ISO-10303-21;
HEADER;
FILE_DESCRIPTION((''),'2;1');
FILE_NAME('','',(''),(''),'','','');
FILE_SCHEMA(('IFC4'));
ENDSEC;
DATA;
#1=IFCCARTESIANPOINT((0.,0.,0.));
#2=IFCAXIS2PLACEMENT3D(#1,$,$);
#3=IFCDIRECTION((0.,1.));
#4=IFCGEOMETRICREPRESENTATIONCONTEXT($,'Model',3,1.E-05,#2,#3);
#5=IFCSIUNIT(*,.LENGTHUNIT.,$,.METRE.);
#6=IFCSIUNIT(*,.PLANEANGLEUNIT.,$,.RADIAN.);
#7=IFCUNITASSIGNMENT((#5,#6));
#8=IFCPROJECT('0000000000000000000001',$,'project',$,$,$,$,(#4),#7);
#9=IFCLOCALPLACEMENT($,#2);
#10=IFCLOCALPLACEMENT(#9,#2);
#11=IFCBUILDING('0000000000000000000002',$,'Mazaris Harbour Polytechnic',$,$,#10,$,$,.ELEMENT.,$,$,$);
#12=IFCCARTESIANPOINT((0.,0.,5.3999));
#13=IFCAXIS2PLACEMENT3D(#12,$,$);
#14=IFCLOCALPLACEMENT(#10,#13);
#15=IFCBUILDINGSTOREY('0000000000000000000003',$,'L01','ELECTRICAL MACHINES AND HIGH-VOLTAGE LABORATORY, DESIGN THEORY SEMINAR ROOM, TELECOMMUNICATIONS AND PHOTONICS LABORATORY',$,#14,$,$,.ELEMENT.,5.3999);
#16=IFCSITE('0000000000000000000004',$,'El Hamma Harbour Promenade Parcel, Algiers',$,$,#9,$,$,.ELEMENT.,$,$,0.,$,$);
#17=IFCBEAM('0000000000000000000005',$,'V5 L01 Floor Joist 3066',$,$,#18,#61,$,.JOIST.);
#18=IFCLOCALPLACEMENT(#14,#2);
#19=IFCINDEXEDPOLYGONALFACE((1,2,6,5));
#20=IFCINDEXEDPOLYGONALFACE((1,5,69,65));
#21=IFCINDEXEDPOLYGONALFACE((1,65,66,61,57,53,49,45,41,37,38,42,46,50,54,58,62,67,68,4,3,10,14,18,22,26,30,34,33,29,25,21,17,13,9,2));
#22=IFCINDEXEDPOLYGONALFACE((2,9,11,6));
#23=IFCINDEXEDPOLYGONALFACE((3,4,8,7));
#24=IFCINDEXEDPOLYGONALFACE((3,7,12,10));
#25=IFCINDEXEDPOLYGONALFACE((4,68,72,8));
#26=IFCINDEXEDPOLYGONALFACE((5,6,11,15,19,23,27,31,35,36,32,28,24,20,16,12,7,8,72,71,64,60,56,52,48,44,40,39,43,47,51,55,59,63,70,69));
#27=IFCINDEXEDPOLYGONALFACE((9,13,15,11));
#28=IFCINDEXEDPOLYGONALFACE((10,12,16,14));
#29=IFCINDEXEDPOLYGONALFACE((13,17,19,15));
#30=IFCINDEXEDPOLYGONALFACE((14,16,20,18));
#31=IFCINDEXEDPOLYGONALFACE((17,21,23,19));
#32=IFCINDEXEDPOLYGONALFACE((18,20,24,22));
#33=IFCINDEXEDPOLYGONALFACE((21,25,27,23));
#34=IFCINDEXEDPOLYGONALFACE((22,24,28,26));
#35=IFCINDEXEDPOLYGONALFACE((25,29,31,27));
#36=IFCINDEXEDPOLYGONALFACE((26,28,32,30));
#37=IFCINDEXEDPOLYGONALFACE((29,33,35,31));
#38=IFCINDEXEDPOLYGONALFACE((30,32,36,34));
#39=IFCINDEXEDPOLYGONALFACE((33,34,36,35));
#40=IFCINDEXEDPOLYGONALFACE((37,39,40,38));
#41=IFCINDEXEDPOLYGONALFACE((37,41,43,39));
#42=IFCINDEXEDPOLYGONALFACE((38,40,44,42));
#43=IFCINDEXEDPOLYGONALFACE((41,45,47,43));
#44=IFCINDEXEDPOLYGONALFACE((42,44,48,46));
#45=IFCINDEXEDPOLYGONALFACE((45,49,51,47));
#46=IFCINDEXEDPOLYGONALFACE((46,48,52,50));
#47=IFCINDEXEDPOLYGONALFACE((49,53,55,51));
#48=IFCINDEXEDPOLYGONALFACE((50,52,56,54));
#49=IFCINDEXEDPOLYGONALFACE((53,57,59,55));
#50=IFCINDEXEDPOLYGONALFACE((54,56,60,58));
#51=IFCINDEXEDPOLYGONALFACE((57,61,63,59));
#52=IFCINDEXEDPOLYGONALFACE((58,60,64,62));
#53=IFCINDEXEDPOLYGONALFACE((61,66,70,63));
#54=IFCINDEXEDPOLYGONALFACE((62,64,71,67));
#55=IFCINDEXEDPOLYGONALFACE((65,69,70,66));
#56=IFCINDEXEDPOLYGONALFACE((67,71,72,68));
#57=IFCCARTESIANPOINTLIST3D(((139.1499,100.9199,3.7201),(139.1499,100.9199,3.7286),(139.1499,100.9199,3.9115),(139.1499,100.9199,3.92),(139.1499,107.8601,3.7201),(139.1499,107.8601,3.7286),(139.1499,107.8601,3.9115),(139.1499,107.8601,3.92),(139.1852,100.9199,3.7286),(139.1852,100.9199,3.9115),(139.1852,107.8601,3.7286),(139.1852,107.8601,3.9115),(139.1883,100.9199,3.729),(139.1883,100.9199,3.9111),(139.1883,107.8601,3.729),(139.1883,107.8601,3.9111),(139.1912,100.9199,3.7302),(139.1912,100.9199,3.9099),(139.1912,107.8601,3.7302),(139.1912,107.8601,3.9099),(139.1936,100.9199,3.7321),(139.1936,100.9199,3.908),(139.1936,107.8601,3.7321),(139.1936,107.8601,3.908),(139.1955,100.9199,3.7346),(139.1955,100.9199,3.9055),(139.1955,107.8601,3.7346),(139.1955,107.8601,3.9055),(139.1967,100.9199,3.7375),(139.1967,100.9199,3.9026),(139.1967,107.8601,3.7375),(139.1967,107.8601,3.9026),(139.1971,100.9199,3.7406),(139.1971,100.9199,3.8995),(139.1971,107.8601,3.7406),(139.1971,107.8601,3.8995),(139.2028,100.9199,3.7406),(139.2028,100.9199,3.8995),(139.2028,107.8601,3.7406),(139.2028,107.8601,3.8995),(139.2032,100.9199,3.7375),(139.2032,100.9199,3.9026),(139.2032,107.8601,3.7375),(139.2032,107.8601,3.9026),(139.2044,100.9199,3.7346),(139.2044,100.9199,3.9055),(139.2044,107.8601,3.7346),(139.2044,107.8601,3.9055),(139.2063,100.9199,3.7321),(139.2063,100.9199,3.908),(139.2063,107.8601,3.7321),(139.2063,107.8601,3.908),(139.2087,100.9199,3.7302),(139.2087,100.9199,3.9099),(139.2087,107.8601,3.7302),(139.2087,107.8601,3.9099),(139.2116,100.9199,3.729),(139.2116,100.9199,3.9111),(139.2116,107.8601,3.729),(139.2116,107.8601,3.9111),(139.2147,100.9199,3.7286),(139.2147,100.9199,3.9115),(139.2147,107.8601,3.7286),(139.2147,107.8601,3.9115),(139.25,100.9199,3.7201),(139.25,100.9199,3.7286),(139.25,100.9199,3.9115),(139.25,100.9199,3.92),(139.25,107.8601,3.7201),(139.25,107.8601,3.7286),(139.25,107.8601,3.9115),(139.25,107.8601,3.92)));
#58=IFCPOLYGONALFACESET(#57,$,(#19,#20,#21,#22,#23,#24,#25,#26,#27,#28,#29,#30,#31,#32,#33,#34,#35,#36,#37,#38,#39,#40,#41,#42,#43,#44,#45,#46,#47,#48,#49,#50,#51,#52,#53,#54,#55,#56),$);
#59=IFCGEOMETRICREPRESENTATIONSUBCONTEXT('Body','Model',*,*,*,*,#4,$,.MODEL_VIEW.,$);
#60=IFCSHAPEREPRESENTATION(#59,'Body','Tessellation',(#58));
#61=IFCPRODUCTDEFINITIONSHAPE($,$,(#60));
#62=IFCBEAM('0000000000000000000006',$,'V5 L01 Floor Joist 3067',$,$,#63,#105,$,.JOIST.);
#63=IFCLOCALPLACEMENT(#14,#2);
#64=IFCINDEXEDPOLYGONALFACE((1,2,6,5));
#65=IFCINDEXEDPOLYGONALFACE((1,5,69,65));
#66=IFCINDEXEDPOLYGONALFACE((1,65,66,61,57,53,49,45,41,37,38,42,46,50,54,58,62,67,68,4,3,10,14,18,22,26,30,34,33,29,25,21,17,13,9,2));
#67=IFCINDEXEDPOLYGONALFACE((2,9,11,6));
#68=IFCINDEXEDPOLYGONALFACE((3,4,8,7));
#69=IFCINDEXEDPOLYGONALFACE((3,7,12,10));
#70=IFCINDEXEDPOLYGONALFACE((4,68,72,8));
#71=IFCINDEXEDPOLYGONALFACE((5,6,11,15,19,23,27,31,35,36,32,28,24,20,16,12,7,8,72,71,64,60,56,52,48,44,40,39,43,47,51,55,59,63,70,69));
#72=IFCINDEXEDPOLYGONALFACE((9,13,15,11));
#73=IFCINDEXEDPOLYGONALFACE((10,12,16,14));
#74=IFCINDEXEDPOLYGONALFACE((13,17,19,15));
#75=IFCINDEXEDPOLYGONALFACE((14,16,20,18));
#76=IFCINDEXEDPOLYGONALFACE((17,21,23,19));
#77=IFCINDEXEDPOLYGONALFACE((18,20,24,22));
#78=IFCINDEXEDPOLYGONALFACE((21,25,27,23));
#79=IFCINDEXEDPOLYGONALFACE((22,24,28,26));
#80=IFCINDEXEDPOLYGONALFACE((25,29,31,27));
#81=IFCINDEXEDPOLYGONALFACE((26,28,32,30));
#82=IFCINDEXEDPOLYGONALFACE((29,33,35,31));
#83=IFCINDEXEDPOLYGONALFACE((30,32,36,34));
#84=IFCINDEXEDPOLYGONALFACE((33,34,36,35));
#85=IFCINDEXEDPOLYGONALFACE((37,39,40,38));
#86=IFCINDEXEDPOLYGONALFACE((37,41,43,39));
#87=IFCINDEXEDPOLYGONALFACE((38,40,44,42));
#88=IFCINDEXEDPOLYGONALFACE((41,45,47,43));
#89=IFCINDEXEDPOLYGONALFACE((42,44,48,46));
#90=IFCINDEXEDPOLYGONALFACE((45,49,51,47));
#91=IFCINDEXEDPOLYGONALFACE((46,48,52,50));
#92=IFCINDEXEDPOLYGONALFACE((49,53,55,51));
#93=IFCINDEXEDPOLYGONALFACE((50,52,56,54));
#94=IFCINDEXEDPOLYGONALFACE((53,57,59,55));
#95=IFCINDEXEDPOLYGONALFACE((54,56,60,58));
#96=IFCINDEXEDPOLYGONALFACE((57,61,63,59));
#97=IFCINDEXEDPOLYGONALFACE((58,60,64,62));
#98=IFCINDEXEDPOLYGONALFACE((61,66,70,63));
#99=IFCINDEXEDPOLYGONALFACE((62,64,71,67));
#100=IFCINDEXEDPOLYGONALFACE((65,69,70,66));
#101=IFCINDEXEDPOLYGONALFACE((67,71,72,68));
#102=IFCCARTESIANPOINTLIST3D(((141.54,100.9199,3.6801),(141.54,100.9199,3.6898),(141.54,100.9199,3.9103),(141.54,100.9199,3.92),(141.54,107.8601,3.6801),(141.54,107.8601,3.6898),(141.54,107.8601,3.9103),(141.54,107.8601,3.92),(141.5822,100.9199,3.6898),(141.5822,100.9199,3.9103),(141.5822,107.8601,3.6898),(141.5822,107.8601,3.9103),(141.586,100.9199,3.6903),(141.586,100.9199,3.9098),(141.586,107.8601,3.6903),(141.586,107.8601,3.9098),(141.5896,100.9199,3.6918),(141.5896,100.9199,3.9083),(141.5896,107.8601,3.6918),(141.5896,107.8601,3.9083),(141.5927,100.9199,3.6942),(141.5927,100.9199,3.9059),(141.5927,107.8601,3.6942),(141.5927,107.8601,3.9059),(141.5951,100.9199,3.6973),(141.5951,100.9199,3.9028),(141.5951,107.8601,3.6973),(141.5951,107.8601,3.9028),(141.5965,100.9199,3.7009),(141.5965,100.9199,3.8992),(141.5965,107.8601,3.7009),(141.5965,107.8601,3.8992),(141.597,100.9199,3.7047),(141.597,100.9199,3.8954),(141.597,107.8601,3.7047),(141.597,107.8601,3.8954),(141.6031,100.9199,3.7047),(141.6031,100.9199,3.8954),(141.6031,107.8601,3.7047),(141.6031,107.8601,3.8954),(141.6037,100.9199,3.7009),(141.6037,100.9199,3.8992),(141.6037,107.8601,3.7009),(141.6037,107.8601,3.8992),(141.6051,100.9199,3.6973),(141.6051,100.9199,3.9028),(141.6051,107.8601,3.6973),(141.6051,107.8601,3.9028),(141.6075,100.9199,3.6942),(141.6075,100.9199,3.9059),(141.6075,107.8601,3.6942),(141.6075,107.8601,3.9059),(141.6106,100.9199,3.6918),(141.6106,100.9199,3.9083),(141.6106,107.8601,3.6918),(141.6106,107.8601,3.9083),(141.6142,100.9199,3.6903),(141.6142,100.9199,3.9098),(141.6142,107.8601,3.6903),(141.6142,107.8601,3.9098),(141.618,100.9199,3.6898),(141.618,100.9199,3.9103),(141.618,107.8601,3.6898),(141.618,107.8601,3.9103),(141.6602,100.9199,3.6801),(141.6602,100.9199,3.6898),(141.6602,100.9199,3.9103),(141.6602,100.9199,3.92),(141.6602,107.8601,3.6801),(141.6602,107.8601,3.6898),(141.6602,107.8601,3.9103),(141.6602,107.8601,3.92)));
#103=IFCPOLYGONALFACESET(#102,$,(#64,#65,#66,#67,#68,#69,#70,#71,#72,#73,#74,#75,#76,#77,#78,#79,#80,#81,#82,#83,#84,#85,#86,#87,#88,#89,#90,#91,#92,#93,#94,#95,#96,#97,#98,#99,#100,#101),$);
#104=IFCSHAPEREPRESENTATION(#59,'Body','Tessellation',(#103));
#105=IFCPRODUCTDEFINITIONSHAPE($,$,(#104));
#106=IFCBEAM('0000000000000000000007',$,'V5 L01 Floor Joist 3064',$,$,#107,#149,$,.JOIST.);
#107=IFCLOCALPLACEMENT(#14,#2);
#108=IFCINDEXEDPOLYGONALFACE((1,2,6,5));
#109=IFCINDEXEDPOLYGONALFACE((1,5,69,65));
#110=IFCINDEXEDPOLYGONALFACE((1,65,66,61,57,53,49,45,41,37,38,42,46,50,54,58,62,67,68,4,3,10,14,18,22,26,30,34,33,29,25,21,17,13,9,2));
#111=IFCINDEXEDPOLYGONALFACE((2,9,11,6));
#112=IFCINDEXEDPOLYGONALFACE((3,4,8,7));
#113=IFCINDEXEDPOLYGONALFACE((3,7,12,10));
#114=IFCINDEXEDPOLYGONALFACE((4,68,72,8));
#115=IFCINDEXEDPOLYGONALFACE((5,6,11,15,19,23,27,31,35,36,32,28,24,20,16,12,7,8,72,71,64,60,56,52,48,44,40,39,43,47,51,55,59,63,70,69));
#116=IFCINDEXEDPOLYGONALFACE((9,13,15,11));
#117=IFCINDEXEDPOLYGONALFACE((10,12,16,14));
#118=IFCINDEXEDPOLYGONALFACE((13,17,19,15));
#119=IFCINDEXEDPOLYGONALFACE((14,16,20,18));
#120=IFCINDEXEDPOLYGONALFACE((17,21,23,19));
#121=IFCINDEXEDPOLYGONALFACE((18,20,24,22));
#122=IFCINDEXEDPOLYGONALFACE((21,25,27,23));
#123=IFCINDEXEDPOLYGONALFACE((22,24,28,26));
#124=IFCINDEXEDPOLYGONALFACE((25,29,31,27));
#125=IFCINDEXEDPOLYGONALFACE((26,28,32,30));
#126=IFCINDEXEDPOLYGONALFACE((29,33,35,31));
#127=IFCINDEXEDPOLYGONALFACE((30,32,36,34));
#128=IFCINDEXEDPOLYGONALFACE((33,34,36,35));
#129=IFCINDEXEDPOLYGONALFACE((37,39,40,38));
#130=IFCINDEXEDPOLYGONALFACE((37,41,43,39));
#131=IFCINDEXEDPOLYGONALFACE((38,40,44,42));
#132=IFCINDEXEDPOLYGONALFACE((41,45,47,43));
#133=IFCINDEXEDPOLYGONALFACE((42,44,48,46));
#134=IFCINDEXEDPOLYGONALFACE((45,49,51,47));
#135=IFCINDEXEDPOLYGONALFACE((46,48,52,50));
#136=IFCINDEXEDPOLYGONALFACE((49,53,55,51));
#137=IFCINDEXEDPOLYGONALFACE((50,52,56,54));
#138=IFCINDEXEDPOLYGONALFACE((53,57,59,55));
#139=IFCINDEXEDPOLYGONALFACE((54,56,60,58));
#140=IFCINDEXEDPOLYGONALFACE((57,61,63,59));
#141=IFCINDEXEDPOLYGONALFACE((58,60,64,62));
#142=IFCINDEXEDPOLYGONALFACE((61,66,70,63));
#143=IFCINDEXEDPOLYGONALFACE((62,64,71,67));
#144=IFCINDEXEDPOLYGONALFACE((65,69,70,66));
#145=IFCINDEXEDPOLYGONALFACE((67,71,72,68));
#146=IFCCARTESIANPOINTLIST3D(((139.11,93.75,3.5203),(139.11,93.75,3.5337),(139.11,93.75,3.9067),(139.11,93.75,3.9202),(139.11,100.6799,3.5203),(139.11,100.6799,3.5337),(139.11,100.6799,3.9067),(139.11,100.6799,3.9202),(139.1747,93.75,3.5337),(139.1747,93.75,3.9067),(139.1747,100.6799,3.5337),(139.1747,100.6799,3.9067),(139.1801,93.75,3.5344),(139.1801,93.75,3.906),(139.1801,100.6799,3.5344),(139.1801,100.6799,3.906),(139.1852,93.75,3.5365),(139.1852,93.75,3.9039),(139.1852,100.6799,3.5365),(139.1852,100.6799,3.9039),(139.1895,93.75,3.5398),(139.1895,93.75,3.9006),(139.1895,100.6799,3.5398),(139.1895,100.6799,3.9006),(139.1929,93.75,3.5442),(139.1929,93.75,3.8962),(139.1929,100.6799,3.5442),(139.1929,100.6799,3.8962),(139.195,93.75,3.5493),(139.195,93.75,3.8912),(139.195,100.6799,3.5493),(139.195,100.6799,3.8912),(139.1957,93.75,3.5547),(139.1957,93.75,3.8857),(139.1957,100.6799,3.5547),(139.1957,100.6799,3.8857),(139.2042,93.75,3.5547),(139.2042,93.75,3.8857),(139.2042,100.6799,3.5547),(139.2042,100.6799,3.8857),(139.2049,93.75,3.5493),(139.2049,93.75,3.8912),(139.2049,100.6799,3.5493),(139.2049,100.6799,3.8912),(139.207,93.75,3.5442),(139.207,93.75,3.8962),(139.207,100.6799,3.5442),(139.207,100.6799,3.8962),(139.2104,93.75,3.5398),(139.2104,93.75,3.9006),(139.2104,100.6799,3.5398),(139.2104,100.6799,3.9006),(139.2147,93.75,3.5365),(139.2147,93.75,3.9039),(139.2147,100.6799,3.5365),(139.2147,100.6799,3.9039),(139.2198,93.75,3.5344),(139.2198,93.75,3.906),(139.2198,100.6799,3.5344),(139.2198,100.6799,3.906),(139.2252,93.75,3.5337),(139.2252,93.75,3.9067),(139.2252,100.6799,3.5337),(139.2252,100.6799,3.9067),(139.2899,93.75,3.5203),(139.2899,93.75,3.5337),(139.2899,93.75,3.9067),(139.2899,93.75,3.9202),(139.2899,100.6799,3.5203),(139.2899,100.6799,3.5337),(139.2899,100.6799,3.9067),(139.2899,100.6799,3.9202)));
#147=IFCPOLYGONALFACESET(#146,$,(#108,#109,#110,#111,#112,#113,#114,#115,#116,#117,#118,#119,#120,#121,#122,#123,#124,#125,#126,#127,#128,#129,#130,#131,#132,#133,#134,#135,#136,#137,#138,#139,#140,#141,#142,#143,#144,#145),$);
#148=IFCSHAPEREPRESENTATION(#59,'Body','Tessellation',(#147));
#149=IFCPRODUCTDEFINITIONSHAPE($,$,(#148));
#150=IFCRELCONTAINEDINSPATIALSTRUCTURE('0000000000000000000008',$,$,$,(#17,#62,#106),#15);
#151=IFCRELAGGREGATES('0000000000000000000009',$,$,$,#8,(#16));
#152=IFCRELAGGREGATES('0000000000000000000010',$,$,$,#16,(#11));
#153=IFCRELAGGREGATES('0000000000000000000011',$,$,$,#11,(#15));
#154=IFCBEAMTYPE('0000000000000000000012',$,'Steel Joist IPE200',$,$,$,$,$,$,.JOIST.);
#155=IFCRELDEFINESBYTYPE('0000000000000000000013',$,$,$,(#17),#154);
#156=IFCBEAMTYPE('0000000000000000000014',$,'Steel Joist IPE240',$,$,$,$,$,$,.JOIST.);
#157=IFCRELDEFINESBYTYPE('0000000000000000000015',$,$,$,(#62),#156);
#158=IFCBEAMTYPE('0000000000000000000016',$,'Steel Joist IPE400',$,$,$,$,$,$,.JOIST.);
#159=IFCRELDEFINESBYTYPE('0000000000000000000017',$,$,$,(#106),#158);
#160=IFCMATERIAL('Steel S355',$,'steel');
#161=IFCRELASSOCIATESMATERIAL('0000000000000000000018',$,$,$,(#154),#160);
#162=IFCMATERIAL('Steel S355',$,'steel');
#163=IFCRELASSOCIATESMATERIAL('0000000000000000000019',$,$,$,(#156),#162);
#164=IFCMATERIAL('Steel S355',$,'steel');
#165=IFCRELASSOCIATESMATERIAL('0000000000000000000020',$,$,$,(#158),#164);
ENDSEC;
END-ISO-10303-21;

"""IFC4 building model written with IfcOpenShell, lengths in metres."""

from ifc_helpers import new_model, si_unit, direction, frame, origin, origin_2d, place, context, subcontext, project, spatial, i_section, extrude, material, material_profile, profile_set, type_object, element, save


model = new_model("IFC4")

# Units and contexts
model_context = context("Model", 3, precision=1e-05, world=origin(), true_north=direction((0.0, 1.0)))
body_context = subcontext(model_context, "Body", "Model", "MODEL_VIEW")
ifc_project = project(units=[si_unit("LENGTHUNIT", "METRE"), si_unit("PLANEANGLEUNIT", "RADIAN")], contexts=[model_context])

# Site, building, storey
site_placement = place(None, origin())
site = spatial("IfcSite", under=ifc_project, at=site_placement, Name="El Hamma Harbour Promenade Parcel, Algiers", CompositionType="ELEMENT", RefElevation=0.0)
building_placement = place(site_placement, origin())
building = spatial("IfcBuilding", under=site, at=building_placement, Name="Mazaris Harbour Polytechnic", CompositionType="ELEMENT")
storey_placement = place(building_placement, frame((0.0, 0.0, 5.3999)))
storey = spatial("IfcBuildingStorey", under=building, at=storey_placement, Name="L01", Description="ELECTRICAL MACHINES AND HIGH-VOLTAGE LABORATORY, DESIGN THEORY SEMINAR ROOM, TELECOMMUNICATIONS AND PHOTONICS LABORATORY", CompositionType="ELEMENT", Elevation=5.3999)

# Beams
ifc_material_1 = material(Name="Steel S355", Category="steel")
ifc_material_profile_1 = material_profile(ifc_material_1, i_section(OverallWidth=0.1001, OverallDepth=0.2, WebThickness=0.0056, FlangeThickness=0.0085, FilletRadius=0.012, at=origin_2d()), Name="IPE 200")
ifc_profile_set_1 = profile_set([ifc_material_profile_1], Name="Steel S355")
beam_type_1 = type_object("IfcBeamType", Name="Steel Joist IPE200", PredefinedType="JOIST", material=ifc_profile_set_1)
beam_1_placement = place(storey_placement, frame((139.2, 100.9199, 3.8201), z_axis=(0.0, 1.0, 0.0), x_axis=(-1.0, 0.0, 0.0)))
element("IfcBeam", 1, at=beam_1_placement, inside=storey, type_object=beam_type_1, Name="V5 L01 Floor Joist 3066", PredefinedType="JOIST", context=body_context, shape_type="SweptSolid", body=[
    extrude(i_section(OverallWidth=0.1001, OverallDepth=0.2, WebThickness=0.0056, FlangeThickness=0.0085, FilletRadius=0.012, at=origin_2d()), origin(), (0.0, 0.0, 1.0), 6.9402),
])
ifc_material_2 = material(Name="Steel S355", Category="steel")
ifc_material_profile_2 = material_profile(ifc_material_2, i_section(OverallWidth=0.1201, OverallDepth=0.24, WebThickness=0.0061, FlangeThickness=0.0098, FilletRadius=0.0149, at=origin_2d()), Name="IPE 240")
ifc_profile_set_2 = profile_set([ifc_material_profile_2], Name="Steel S355")
beam_type_2 = type_object("IfcBeamType", Name="Steel Joist IPE240", PredefinedType="JOIST", material=ifc_profile_set_2)
beam_2_placement = place(storey_placement, frame((141.6001, 100.9199, 3.8), z_axis=(0.0, 1.0, 0.0), x_axis=(-1.0, 0.0, 0.0)))
element("IfcBeam", 2, at=beam_2_placement, inside=storey, type_object=beam_type_2, Name="V5 L01 Floor Joist 3067", PredefinedType="JOIST", context=body_context, shape_type="SweptSolid", body=[
    extrude(i_section(OverallWidth=0.1201, OverallDepth=0.24, WebThickness=0.0061, FlangeThickness=0.0098, FilletRadius=0.0149, at=origin_2d()), origin(), (0.0, 0.0, 1.0), 6.9402),
])
ifc_material_3 = material(Name="Steel S355", Category="steel")
ifc_material_profile_3 = material_profile(ifc_material_3, i_section(OverallWidth=0.1799, OverallDepth=0.3999, WebThickness=0.0085, FlangeThickness=0.0134, FilletRadius=0.021, at=origin_2d()), Name="IPE 400")
ifc_profile_set_3 = profile_set([ifc_material_profile_3], Name="Steel S355")
beam_type_3 = type_object("IfcBeamType", Name="Steel Joist IPE400", PredefinedType="JOIST", material=ifc_profile_set_3)
beam_3_placement = place(storey_placement, frame((139.2, 93.75, 3.7202), z_axis=(0.0, 1.0, 0.0), x_axis=(-1.0, 0.0, 0.0)))
element("IfcBeam", 3, at=beam_3_placement, inside=storey, type_object=beam_type_3, Name="V5 L01 Floor Joist 3064", PredefinedType="JOIST", context=body_context, shape_type="SweptSolid", body=[
    extrude(i_section(OverallWidth=0.1799, OverallDepth=0.3999, WebThickness=0.0085, FlangeThickness=0.0134, FilletRadius=0.021, at=origin_2d()), origin(), (0.0, 0.0, 1.0), 6.9299),
])

save(model, "model.ifc")
